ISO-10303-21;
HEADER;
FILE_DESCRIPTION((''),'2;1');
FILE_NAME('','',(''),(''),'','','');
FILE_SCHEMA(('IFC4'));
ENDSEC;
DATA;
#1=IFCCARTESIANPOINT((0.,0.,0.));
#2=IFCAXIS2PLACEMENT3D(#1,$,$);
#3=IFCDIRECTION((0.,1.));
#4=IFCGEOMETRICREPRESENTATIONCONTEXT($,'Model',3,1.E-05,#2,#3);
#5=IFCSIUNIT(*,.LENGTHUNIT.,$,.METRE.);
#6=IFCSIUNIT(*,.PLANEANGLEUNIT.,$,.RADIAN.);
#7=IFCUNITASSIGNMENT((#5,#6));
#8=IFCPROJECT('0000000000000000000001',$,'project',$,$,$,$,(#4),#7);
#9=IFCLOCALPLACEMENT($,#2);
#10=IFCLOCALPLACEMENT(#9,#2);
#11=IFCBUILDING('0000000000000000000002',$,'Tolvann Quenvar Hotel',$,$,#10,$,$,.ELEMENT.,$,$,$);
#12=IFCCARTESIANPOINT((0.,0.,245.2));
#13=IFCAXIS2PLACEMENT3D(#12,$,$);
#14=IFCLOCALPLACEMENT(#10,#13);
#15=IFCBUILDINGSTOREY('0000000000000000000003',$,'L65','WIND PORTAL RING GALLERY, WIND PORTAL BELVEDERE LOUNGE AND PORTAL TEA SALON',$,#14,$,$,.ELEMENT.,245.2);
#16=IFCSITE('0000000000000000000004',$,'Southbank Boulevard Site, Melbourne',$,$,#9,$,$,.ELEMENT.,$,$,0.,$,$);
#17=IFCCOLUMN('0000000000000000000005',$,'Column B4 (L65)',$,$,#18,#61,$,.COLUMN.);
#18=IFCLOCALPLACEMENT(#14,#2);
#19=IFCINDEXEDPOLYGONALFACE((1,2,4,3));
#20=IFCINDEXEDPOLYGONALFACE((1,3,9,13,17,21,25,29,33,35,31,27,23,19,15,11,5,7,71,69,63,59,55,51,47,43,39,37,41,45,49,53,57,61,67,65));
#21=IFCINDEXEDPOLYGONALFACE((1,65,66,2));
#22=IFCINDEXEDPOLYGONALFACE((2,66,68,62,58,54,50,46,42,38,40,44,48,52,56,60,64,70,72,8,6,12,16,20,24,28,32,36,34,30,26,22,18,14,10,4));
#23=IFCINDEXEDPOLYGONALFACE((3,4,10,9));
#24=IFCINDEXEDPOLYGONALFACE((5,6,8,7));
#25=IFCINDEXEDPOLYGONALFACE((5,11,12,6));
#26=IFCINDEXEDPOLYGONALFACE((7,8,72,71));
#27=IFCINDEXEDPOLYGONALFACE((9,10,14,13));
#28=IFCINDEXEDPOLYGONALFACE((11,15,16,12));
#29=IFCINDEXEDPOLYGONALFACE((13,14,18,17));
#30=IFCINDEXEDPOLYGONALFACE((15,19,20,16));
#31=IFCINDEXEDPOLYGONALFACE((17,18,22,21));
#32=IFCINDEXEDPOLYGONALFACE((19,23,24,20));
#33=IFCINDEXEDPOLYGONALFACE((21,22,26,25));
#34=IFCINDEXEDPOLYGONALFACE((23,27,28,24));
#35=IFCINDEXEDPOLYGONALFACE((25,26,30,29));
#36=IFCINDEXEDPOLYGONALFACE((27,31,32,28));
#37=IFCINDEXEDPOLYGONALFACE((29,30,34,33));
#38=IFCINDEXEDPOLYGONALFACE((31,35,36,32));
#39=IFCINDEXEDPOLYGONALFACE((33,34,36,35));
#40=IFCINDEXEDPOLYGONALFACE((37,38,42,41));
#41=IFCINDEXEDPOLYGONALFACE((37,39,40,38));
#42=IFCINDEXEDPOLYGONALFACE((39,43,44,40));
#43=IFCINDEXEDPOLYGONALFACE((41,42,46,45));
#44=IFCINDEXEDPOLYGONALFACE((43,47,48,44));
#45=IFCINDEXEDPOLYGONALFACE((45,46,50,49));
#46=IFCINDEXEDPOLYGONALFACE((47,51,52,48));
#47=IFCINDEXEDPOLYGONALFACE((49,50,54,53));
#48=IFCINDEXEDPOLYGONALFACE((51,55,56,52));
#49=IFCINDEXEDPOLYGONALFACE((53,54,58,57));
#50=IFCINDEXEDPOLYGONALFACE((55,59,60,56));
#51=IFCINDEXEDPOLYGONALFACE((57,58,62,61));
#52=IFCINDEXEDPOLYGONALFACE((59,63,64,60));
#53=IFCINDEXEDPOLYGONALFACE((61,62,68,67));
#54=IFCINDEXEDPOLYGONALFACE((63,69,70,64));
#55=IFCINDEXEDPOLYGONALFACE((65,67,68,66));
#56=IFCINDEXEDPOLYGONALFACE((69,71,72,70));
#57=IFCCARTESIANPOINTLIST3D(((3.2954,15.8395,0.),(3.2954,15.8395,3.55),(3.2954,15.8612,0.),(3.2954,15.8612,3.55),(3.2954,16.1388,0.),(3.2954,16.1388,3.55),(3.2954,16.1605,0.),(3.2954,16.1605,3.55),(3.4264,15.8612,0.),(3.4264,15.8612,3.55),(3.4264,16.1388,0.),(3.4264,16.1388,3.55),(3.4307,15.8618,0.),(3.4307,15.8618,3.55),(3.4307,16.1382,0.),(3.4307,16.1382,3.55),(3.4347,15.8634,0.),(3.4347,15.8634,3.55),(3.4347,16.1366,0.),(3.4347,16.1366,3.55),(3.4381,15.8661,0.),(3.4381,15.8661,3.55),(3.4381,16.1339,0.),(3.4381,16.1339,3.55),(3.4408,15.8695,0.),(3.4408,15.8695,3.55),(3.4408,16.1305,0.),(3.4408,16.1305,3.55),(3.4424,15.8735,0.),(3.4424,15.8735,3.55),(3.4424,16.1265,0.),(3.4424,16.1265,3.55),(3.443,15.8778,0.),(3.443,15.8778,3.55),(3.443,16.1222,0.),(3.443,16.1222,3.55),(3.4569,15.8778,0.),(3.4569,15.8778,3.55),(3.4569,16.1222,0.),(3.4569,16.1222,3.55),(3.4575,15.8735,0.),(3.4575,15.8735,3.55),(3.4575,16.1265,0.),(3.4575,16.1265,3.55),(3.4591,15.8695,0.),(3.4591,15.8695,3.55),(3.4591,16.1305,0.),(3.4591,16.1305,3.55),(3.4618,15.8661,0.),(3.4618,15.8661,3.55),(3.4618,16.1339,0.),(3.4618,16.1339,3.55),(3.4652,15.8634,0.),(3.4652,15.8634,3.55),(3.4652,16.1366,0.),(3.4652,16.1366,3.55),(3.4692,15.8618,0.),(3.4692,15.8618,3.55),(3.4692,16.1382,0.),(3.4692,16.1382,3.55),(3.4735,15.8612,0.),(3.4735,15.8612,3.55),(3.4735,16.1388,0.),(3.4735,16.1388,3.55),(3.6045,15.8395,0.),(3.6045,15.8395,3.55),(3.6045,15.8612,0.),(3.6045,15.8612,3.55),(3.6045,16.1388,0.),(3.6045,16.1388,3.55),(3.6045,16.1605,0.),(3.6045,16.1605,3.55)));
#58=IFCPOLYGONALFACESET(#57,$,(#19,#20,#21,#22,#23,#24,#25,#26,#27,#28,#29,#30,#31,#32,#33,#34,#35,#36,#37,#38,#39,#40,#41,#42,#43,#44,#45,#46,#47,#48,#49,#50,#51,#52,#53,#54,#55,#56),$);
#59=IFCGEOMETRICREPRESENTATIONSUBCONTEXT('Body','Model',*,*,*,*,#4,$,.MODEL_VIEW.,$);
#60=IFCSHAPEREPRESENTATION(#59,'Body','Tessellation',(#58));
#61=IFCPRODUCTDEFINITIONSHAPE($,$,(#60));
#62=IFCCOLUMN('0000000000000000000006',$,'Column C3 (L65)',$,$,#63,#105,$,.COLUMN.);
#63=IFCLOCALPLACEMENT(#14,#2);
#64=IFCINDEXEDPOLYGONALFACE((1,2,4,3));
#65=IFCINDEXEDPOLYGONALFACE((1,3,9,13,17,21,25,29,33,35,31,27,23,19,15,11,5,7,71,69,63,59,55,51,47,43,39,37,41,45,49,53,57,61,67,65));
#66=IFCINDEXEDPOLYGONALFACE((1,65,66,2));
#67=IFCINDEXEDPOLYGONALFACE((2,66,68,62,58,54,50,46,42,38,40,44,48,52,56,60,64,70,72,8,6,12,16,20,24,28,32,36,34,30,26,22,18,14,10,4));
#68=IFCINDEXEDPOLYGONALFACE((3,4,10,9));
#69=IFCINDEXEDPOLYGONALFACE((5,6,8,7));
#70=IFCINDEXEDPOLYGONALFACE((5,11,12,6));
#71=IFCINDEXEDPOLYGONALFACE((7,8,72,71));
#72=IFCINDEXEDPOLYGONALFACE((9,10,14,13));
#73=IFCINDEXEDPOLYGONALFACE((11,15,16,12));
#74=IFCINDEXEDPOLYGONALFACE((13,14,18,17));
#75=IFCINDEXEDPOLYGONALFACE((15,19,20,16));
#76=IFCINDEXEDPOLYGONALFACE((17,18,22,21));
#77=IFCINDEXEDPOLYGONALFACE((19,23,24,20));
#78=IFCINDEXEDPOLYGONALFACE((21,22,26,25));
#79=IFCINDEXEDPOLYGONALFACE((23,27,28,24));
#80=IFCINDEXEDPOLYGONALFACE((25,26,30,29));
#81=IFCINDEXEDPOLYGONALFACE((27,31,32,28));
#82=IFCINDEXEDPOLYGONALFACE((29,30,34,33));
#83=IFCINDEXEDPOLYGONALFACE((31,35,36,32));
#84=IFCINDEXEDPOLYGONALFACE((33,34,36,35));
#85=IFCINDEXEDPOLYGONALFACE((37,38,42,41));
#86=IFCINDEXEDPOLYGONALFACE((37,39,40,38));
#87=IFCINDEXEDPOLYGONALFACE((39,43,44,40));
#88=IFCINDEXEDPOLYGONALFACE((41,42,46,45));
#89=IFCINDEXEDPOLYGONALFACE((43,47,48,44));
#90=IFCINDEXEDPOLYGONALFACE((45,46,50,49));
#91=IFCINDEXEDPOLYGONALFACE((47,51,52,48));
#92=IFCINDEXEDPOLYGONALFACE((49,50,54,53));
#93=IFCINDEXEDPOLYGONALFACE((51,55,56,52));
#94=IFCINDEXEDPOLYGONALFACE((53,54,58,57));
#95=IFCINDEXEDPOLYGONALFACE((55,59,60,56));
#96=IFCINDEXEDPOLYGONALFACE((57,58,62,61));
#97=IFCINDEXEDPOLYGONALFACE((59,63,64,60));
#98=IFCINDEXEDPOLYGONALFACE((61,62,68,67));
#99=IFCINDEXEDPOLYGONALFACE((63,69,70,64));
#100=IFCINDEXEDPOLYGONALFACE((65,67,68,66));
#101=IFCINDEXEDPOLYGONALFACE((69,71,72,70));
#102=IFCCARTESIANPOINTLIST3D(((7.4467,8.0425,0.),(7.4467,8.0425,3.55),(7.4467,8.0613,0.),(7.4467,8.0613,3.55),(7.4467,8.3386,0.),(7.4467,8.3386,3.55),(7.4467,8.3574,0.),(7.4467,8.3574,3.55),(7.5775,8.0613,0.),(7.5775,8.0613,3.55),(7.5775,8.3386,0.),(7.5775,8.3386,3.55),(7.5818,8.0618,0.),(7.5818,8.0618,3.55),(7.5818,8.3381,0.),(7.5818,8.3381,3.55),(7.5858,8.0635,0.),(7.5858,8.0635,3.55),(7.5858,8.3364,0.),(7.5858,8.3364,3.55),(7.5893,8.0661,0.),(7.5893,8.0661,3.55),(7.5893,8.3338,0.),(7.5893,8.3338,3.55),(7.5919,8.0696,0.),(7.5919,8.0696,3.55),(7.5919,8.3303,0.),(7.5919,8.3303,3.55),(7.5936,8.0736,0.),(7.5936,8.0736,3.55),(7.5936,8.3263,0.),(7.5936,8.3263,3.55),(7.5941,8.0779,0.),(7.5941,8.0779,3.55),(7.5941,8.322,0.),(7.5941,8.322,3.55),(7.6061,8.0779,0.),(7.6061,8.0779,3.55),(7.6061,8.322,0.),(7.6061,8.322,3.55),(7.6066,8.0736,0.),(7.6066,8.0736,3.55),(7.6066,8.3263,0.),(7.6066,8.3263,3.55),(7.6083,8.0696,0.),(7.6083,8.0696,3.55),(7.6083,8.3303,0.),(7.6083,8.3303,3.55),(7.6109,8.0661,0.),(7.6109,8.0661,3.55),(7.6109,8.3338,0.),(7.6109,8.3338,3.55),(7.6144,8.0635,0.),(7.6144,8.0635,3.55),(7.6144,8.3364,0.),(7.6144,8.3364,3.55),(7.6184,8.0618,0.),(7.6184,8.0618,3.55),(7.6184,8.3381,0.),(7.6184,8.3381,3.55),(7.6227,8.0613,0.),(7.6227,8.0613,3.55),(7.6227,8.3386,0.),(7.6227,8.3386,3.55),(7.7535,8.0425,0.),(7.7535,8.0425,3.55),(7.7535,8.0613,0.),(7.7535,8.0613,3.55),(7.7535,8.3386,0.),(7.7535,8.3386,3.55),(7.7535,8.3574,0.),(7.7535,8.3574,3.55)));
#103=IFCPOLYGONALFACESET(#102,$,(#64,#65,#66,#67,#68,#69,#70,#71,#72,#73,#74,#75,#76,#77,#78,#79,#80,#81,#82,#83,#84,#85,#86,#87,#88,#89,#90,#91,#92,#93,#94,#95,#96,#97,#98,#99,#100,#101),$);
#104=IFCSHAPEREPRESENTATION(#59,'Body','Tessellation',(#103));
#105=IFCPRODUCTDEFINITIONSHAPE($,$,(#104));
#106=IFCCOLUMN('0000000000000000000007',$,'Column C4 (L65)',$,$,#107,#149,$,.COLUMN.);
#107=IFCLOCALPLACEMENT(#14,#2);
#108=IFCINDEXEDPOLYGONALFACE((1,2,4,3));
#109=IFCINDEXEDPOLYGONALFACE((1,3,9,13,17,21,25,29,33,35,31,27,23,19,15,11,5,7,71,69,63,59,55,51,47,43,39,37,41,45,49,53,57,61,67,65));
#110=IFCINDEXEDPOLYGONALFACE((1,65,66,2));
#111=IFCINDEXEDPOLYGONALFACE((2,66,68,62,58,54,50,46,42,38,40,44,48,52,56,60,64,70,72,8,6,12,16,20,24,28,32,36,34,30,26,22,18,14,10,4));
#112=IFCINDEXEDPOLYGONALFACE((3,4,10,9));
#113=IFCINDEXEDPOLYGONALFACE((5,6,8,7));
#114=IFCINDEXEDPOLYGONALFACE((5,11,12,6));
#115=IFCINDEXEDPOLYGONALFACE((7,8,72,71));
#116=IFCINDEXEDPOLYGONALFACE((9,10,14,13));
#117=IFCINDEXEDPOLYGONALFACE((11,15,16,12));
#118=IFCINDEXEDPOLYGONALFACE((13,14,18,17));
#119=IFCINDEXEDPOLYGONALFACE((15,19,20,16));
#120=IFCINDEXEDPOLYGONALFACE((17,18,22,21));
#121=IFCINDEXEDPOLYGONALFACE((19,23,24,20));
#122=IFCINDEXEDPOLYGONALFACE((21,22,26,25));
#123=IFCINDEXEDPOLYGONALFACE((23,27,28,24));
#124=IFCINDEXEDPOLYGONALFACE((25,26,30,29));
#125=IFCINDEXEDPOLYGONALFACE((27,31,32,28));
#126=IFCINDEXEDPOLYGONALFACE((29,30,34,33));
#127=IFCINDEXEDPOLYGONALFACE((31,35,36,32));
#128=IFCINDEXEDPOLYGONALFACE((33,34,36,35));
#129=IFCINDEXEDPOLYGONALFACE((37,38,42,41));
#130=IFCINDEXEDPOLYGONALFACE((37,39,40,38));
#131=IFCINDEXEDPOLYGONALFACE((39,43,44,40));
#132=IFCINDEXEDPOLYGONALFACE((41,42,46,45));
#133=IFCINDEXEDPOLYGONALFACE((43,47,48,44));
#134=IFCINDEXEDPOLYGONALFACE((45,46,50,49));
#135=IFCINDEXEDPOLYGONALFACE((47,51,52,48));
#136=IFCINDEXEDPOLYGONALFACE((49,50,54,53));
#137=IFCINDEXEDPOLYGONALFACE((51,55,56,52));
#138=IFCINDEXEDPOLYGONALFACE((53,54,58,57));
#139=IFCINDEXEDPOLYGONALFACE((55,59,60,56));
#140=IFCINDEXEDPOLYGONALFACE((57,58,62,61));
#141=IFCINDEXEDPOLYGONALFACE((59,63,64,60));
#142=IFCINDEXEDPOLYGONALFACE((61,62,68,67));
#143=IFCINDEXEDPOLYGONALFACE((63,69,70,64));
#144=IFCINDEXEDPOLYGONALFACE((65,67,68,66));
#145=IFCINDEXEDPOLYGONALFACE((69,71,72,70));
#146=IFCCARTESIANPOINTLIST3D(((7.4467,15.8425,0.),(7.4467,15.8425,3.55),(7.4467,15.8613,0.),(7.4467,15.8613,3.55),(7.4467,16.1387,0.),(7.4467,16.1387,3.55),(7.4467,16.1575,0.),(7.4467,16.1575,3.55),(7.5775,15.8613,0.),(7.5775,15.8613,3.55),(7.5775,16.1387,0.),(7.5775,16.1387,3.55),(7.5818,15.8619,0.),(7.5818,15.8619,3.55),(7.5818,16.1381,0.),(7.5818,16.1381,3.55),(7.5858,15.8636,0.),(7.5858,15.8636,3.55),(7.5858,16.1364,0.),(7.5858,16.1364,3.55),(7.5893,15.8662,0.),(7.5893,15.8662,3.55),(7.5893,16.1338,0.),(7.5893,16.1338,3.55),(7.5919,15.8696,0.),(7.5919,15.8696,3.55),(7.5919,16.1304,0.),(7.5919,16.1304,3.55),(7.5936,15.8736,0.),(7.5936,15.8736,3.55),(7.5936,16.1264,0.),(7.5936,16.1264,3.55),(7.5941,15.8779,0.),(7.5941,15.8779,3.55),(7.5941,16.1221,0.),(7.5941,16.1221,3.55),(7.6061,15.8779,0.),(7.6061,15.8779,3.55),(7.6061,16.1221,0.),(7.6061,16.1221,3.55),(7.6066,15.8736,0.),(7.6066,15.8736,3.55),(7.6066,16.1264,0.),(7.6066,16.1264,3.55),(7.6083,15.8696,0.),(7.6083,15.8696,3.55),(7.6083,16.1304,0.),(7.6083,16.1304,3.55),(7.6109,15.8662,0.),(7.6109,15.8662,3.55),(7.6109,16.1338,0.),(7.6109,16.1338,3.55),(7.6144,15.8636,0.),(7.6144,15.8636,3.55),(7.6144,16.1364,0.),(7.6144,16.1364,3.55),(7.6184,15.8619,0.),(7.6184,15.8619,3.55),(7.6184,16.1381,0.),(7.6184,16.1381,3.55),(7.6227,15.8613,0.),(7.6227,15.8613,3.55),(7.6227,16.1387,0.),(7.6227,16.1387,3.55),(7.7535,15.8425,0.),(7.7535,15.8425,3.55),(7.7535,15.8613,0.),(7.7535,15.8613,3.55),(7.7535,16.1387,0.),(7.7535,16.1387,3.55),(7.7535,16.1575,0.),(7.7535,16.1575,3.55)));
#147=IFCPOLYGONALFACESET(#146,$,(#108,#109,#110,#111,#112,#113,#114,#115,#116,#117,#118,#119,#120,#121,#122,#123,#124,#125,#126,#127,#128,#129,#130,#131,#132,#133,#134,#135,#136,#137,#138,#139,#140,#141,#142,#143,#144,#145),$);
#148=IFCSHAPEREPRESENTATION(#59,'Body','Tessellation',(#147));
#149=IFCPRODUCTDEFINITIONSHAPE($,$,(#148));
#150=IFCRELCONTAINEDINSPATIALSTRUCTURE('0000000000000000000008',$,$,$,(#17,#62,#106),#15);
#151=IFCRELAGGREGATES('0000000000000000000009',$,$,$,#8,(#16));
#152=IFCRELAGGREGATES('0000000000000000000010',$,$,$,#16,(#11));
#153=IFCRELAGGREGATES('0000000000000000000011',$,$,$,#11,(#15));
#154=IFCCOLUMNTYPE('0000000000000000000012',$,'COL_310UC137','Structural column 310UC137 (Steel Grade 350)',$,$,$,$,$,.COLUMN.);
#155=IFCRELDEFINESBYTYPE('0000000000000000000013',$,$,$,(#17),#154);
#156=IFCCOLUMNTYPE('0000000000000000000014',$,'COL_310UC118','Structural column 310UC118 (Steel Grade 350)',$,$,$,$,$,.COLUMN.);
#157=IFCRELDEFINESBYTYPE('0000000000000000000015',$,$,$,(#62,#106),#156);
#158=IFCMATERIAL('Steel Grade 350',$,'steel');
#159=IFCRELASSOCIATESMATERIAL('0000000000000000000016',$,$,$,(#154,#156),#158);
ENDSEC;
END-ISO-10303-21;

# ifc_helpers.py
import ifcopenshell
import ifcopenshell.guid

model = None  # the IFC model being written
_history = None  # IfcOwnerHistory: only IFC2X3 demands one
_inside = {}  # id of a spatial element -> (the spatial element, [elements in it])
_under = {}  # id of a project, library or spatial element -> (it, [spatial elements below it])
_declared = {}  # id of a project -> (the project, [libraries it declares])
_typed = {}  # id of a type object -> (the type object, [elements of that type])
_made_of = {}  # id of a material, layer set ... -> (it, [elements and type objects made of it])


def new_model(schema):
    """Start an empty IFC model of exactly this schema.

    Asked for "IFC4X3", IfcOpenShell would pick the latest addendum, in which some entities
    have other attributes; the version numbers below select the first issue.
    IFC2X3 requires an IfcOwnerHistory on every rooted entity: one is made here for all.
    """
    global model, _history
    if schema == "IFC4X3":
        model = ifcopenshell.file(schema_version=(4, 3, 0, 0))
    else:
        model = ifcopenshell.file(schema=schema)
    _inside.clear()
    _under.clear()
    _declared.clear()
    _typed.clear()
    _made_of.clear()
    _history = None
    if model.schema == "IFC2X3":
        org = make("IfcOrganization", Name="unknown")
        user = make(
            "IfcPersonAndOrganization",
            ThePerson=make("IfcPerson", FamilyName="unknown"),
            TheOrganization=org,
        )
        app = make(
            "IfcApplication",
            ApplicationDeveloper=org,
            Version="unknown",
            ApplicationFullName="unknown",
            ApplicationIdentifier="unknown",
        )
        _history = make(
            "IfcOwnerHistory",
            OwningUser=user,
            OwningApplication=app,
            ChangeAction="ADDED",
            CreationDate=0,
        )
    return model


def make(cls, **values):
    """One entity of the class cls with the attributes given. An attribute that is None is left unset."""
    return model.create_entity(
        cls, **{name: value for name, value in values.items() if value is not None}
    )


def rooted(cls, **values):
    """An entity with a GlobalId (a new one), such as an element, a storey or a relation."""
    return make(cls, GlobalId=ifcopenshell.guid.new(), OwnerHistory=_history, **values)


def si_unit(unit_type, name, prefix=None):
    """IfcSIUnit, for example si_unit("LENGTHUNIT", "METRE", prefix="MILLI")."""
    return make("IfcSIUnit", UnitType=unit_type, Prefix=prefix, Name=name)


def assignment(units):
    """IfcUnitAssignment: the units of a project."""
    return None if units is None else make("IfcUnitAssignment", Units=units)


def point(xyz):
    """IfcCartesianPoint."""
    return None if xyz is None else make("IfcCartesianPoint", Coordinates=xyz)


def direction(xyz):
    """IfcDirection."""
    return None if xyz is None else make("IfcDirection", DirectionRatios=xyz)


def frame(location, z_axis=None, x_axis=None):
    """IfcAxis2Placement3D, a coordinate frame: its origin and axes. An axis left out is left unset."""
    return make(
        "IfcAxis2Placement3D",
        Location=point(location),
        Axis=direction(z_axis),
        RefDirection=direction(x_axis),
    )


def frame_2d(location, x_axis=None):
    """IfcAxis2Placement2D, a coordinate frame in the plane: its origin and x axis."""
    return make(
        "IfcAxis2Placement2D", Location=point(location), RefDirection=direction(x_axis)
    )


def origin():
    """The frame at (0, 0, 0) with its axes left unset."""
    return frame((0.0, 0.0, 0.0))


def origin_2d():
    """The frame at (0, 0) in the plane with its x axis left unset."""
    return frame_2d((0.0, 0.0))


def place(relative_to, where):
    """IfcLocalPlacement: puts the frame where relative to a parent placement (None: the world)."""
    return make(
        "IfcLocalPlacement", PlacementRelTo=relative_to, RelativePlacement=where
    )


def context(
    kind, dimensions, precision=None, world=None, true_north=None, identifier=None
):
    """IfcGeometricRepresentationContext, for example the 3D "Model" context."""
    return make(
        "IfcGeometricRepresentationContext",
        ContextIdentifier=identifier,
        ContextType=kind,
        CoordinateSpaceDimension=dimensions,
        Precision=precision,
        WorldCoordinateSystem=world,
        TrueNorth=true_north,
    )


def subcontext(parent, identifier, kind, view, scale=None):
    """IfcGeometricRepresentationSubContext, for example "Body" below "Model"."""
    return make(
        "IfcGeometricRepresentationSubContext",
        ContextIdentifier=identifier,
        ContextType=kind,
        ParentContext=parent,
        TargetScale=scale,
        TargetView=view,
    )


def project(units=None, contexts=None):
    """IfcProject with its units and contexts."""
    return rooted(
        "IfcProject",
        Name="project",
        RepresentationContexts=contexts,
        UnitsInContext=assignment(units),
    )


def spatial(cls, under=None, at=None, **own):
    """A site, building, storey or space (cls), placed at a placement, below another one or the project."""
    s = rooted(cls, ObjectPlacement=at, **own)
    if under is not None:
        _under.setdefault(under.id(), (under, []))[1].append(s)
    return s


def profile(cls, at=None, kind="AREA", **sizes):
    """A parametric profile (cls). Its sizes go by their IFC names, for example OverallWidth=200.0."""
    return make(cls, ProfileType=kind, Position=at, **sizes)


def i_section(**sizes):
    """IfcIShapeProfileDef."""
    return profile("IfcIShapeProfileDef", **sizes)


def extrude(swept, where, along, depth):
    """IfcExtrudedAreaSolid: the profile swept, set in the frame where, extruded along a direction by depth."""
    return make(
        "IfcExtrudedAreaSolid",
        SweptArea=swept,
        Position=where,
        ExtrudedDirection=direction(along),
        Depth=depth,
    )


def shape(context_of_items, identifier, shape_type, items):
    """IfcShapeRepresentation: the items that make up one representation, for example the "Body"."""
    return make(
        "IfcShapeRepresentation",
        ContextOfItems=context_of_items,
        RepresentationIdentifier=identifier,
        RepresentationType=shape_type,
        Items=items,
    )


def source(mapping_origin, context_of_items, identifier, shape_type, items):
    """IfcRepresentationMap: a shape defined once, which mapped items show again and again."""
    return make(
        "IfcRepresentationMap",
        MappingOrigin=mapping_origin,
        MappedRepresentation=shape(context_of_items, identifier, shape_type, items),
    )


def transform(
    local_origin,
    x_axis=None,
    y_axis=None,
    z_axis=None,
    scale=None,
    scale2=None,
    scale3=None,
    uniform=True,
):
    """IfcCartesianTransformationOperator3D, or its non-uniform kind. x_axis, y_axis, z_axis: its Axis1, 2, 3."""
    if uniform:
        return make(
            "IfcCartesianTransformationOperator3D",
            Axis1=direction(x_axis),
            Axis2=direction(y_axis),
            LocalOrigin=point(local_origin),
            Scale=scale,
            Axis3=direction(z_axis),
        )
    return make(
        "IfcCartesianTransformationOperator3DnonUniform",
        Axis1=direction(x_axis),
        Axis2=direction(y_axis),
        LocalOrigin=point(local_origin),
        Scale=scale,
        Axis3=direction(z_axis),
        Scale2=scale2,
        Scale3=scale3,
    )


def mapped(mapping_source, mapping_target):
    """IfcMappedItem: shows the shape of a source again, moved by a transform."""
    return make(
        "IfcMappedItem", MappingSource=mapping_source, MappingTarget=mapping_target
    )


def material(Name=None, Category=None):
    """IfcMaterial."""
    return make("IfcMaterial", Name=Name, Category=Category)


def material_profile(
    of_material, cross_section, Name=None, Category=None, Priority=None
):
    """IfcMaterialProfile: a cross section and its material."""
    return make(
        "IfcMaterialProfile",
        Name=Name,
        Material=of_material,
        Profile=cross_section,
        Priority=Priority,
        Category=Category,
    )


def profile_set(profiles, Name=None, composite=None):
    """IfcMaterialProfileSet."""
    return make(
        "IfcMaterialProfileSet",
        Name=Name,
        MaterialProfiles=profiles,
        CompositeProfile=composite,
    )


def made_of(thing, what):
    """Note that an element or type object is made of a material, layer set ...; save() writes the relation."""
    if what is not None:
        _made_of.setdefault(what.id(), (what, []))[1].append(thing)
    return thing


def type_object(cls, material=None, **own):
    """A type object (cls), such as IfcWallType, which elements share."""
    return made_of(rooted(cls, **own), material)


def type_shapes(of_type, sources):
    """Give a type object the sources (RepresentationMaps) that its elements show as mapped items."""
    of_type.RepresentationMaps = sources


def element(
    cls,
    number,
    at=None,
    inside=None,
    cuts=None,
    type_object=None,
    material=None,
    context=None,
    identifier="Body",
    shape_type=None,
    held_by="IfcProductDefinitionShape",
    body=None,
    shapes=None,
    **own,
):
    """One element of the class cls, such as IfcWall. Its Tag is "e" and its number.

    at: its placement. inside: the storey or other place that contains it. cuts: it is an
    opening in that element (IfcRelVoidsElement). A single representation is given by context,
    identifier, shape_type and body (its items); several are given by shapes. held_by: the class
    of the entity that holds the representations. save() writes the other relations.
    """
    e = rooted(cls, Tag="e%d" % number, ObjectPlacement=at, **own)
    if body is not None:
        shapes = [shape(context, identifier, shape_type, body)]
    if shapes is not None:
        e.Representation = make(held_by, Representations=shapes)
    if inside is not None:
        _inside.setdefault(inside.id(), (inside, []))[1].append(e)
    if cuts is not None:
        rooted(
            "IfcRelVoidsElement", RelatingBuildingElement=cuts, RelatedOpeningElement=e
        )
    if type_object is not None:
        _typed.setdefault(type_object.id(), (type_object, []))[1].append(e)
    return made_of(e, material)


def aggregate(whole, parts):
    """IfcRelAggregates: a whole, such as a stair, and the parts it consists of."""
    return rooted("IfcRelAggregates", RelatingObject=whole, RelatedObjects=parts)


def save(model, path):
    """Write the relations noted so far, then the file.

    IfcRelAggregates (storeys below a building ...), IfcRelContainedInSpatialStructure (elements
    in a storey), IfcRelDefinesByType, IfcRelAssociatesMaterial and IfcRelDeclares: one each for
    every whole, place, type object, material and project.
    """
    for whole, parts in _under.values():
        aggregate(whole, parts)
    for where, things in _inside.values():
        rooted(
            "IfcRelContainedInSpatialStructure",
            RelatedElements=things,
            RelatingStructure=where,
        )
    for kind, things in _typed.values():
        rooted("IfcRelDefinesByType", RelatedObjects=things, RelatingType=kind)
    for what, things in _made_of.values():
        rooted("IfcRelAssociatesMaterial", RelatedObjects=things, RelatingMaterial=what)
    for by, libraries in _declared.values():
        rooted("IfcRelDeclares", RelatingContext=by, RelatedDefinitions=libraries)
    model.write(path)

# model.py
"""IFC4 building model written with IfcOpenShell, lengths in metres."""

from ifc_helpers import new_model, si_unit, direction, frame, origin, origin_2d, place, context, subcontext, project, spatial, i_section, extrude, source, transform, mapped, material, material_profile, profile_set, type_object, type_shapes, element, save


model = new_model("IFC4")

# Units and contexts
model_context = context("Model", 3, precision=1e-05, world=origin(), true_north=direction((0.0, 1.0)))
body_context = subcontext(model_context, "Body", "Model", "MODEL_VIEW")
ifc_project = project(units=[si_unit("LENGTHUNIT", "METRE"), si_unit("PLANEANGLEUNIT", "RADIAN")], contexts=[model_context])

# Site, building, storey
site_placement = place(None, origin())
site = spatial("IfcSite", under=ifc_project, at=site_placement, Name="Southbank Boulevard Site, Melbourne", CompositionType="ELEMENT", RefElevation=0.0)
building_placement = place(site_placement, origin())
building = spatial("IfcBuilding", under=site, at=building_placement, Name="Tolvann Quenvar Hotel", CompositionType="ELEMENT")
storey_placement = place(building_placement, frame((0.0, 0.0, 245.2)))
storey = spatial("IfcBuildingStorey", under=building, at=storey_placement, Name="L65", Description="WIND PORTAL RING GALLERY, WIND PORTAL BELVEDERE LOUNGE AND PORTAL TEA SALON", CompositionType="ELEMENT", Elevation=245.2)

# Columns
ifc_material_1 = material(Name="Steel Grade 350", Category="steel")
ifc_material_profile_1 = material_profile(ifc_material_1, i_section(OverallWidth=0.3091, OverallDepth=0.321, WebThickness=0.0139, FlangeThickness=0.0217, FilletRadius=0.0166, at=origin_2d()), Name="310UC137")
ifc_profile_set_1 = profile_set([ifc_material_profile_1], Name="Steel Grade 350")
column_type_1 = type_object("IfcColumnType", Name="COL_310UC137", Description="Structural column 310UC137 (Steel Grade 350)", PredefinedType="COLUMN", material=ifc_profile_set_1)
shared_shape_1 = source(origin(), body_context, "Body", "SweptSolid", [
    extrude(i_section(OverallWidth=0.3091, OverallDepth=0.321, WebThickness=0.0139, FlangeThickness=0.0217, FilletRadius=0.0166, at=origin_2d()), origin(), (0.0, 0.0, 1.0), 3.55),
])
type_shapes(column_type_1, [shared_shape_1])
column_placement = place(storey_placement, frame((3.45, 16.0, 0.0), z_axis=(0.0, 0.0, 1.0), x_axis=(1.0, 0.0, 0.0)))
element("IfcColumn", 1, at=column_placement, inside=storey, type_object=column_type_1, Name="Column B4 (L65)", PredefinedType="COLUMN", context=body_context, shape_type="MappedRepresentation", body=[
    mapped(shared_shape_1, transform((0.0, 0.0, 0.0), x_axis=(1.0, 0.0, 0.0), y_axis=(0.0, 1.0, 0.0), z_axis=(0.0, 0.0, 1.0), scale=1.0)),
])
ifc_material_profile_2 = material_profile(ifc_material_1, i_section(OverallWidth=0.3069, OverallDepth=0.3149, WebThickness=0.012, FlangeThickness=0.0188, FilletRadius=0.0166, at=origin_2d()), Name="310UC118")
ifc_profile_set_2 = profile_set([ifc_material_profile_2], Name="Steel Grade 350")
column_type_2 = type_object("IfcColumnType", Name="COL_310UC118", Description="Structural column 310UC118 (Steel Grade 350)", PredefinedType="COLUMN", material=ifc_profile_set_2)
shared_shape_2 = source(origin(), body_context, "Body", "SweptSolid", [
    extrude(i_section(OverallWidth=0.3069, OverallDepth=0.3149, WebThickness=0.012, FlangeThickness=0.0188, FilletRadius=0.0166, at=origin_2d()), origin(), (0.0, 0.0, 1.0), 3.55),
])
type_shapes(column_type_2, [shared_shape_2])
for number, where, z_axis, x_axis, name in (
    (2, (7.6001, 8.2, 0.0), (0.0, 0.0, 1.0), (1.0, 0.0, 0.0), "Column C3 (L65)"),
    (3, (7.6001, 16.0, 0.0), (0.0, 0.0, 1.0), (1.0, 0.0, 0.0), "Column C4 (L65)"),
):
    element("IfcColumn", number, at=place(storey_placement, frame(where, z_axis=z_axis, x_axis=x_axis)), inside=storey, type_object=column_type_2, Name=name, PredefinedType="COLUMN", context=body_context, shape_type="MappedRepresentation", body=[
        mapped(shared_shape_2, transform((0.0, 0.0, 0.0), x_axis=(1.0, 0.0, 0.0), y_axis=(0.0, 1.0, 0.0), z_axis=(0.0, 0.0, 1.0), scale=1.0)),
    ])

save(model, "model.ifc")
